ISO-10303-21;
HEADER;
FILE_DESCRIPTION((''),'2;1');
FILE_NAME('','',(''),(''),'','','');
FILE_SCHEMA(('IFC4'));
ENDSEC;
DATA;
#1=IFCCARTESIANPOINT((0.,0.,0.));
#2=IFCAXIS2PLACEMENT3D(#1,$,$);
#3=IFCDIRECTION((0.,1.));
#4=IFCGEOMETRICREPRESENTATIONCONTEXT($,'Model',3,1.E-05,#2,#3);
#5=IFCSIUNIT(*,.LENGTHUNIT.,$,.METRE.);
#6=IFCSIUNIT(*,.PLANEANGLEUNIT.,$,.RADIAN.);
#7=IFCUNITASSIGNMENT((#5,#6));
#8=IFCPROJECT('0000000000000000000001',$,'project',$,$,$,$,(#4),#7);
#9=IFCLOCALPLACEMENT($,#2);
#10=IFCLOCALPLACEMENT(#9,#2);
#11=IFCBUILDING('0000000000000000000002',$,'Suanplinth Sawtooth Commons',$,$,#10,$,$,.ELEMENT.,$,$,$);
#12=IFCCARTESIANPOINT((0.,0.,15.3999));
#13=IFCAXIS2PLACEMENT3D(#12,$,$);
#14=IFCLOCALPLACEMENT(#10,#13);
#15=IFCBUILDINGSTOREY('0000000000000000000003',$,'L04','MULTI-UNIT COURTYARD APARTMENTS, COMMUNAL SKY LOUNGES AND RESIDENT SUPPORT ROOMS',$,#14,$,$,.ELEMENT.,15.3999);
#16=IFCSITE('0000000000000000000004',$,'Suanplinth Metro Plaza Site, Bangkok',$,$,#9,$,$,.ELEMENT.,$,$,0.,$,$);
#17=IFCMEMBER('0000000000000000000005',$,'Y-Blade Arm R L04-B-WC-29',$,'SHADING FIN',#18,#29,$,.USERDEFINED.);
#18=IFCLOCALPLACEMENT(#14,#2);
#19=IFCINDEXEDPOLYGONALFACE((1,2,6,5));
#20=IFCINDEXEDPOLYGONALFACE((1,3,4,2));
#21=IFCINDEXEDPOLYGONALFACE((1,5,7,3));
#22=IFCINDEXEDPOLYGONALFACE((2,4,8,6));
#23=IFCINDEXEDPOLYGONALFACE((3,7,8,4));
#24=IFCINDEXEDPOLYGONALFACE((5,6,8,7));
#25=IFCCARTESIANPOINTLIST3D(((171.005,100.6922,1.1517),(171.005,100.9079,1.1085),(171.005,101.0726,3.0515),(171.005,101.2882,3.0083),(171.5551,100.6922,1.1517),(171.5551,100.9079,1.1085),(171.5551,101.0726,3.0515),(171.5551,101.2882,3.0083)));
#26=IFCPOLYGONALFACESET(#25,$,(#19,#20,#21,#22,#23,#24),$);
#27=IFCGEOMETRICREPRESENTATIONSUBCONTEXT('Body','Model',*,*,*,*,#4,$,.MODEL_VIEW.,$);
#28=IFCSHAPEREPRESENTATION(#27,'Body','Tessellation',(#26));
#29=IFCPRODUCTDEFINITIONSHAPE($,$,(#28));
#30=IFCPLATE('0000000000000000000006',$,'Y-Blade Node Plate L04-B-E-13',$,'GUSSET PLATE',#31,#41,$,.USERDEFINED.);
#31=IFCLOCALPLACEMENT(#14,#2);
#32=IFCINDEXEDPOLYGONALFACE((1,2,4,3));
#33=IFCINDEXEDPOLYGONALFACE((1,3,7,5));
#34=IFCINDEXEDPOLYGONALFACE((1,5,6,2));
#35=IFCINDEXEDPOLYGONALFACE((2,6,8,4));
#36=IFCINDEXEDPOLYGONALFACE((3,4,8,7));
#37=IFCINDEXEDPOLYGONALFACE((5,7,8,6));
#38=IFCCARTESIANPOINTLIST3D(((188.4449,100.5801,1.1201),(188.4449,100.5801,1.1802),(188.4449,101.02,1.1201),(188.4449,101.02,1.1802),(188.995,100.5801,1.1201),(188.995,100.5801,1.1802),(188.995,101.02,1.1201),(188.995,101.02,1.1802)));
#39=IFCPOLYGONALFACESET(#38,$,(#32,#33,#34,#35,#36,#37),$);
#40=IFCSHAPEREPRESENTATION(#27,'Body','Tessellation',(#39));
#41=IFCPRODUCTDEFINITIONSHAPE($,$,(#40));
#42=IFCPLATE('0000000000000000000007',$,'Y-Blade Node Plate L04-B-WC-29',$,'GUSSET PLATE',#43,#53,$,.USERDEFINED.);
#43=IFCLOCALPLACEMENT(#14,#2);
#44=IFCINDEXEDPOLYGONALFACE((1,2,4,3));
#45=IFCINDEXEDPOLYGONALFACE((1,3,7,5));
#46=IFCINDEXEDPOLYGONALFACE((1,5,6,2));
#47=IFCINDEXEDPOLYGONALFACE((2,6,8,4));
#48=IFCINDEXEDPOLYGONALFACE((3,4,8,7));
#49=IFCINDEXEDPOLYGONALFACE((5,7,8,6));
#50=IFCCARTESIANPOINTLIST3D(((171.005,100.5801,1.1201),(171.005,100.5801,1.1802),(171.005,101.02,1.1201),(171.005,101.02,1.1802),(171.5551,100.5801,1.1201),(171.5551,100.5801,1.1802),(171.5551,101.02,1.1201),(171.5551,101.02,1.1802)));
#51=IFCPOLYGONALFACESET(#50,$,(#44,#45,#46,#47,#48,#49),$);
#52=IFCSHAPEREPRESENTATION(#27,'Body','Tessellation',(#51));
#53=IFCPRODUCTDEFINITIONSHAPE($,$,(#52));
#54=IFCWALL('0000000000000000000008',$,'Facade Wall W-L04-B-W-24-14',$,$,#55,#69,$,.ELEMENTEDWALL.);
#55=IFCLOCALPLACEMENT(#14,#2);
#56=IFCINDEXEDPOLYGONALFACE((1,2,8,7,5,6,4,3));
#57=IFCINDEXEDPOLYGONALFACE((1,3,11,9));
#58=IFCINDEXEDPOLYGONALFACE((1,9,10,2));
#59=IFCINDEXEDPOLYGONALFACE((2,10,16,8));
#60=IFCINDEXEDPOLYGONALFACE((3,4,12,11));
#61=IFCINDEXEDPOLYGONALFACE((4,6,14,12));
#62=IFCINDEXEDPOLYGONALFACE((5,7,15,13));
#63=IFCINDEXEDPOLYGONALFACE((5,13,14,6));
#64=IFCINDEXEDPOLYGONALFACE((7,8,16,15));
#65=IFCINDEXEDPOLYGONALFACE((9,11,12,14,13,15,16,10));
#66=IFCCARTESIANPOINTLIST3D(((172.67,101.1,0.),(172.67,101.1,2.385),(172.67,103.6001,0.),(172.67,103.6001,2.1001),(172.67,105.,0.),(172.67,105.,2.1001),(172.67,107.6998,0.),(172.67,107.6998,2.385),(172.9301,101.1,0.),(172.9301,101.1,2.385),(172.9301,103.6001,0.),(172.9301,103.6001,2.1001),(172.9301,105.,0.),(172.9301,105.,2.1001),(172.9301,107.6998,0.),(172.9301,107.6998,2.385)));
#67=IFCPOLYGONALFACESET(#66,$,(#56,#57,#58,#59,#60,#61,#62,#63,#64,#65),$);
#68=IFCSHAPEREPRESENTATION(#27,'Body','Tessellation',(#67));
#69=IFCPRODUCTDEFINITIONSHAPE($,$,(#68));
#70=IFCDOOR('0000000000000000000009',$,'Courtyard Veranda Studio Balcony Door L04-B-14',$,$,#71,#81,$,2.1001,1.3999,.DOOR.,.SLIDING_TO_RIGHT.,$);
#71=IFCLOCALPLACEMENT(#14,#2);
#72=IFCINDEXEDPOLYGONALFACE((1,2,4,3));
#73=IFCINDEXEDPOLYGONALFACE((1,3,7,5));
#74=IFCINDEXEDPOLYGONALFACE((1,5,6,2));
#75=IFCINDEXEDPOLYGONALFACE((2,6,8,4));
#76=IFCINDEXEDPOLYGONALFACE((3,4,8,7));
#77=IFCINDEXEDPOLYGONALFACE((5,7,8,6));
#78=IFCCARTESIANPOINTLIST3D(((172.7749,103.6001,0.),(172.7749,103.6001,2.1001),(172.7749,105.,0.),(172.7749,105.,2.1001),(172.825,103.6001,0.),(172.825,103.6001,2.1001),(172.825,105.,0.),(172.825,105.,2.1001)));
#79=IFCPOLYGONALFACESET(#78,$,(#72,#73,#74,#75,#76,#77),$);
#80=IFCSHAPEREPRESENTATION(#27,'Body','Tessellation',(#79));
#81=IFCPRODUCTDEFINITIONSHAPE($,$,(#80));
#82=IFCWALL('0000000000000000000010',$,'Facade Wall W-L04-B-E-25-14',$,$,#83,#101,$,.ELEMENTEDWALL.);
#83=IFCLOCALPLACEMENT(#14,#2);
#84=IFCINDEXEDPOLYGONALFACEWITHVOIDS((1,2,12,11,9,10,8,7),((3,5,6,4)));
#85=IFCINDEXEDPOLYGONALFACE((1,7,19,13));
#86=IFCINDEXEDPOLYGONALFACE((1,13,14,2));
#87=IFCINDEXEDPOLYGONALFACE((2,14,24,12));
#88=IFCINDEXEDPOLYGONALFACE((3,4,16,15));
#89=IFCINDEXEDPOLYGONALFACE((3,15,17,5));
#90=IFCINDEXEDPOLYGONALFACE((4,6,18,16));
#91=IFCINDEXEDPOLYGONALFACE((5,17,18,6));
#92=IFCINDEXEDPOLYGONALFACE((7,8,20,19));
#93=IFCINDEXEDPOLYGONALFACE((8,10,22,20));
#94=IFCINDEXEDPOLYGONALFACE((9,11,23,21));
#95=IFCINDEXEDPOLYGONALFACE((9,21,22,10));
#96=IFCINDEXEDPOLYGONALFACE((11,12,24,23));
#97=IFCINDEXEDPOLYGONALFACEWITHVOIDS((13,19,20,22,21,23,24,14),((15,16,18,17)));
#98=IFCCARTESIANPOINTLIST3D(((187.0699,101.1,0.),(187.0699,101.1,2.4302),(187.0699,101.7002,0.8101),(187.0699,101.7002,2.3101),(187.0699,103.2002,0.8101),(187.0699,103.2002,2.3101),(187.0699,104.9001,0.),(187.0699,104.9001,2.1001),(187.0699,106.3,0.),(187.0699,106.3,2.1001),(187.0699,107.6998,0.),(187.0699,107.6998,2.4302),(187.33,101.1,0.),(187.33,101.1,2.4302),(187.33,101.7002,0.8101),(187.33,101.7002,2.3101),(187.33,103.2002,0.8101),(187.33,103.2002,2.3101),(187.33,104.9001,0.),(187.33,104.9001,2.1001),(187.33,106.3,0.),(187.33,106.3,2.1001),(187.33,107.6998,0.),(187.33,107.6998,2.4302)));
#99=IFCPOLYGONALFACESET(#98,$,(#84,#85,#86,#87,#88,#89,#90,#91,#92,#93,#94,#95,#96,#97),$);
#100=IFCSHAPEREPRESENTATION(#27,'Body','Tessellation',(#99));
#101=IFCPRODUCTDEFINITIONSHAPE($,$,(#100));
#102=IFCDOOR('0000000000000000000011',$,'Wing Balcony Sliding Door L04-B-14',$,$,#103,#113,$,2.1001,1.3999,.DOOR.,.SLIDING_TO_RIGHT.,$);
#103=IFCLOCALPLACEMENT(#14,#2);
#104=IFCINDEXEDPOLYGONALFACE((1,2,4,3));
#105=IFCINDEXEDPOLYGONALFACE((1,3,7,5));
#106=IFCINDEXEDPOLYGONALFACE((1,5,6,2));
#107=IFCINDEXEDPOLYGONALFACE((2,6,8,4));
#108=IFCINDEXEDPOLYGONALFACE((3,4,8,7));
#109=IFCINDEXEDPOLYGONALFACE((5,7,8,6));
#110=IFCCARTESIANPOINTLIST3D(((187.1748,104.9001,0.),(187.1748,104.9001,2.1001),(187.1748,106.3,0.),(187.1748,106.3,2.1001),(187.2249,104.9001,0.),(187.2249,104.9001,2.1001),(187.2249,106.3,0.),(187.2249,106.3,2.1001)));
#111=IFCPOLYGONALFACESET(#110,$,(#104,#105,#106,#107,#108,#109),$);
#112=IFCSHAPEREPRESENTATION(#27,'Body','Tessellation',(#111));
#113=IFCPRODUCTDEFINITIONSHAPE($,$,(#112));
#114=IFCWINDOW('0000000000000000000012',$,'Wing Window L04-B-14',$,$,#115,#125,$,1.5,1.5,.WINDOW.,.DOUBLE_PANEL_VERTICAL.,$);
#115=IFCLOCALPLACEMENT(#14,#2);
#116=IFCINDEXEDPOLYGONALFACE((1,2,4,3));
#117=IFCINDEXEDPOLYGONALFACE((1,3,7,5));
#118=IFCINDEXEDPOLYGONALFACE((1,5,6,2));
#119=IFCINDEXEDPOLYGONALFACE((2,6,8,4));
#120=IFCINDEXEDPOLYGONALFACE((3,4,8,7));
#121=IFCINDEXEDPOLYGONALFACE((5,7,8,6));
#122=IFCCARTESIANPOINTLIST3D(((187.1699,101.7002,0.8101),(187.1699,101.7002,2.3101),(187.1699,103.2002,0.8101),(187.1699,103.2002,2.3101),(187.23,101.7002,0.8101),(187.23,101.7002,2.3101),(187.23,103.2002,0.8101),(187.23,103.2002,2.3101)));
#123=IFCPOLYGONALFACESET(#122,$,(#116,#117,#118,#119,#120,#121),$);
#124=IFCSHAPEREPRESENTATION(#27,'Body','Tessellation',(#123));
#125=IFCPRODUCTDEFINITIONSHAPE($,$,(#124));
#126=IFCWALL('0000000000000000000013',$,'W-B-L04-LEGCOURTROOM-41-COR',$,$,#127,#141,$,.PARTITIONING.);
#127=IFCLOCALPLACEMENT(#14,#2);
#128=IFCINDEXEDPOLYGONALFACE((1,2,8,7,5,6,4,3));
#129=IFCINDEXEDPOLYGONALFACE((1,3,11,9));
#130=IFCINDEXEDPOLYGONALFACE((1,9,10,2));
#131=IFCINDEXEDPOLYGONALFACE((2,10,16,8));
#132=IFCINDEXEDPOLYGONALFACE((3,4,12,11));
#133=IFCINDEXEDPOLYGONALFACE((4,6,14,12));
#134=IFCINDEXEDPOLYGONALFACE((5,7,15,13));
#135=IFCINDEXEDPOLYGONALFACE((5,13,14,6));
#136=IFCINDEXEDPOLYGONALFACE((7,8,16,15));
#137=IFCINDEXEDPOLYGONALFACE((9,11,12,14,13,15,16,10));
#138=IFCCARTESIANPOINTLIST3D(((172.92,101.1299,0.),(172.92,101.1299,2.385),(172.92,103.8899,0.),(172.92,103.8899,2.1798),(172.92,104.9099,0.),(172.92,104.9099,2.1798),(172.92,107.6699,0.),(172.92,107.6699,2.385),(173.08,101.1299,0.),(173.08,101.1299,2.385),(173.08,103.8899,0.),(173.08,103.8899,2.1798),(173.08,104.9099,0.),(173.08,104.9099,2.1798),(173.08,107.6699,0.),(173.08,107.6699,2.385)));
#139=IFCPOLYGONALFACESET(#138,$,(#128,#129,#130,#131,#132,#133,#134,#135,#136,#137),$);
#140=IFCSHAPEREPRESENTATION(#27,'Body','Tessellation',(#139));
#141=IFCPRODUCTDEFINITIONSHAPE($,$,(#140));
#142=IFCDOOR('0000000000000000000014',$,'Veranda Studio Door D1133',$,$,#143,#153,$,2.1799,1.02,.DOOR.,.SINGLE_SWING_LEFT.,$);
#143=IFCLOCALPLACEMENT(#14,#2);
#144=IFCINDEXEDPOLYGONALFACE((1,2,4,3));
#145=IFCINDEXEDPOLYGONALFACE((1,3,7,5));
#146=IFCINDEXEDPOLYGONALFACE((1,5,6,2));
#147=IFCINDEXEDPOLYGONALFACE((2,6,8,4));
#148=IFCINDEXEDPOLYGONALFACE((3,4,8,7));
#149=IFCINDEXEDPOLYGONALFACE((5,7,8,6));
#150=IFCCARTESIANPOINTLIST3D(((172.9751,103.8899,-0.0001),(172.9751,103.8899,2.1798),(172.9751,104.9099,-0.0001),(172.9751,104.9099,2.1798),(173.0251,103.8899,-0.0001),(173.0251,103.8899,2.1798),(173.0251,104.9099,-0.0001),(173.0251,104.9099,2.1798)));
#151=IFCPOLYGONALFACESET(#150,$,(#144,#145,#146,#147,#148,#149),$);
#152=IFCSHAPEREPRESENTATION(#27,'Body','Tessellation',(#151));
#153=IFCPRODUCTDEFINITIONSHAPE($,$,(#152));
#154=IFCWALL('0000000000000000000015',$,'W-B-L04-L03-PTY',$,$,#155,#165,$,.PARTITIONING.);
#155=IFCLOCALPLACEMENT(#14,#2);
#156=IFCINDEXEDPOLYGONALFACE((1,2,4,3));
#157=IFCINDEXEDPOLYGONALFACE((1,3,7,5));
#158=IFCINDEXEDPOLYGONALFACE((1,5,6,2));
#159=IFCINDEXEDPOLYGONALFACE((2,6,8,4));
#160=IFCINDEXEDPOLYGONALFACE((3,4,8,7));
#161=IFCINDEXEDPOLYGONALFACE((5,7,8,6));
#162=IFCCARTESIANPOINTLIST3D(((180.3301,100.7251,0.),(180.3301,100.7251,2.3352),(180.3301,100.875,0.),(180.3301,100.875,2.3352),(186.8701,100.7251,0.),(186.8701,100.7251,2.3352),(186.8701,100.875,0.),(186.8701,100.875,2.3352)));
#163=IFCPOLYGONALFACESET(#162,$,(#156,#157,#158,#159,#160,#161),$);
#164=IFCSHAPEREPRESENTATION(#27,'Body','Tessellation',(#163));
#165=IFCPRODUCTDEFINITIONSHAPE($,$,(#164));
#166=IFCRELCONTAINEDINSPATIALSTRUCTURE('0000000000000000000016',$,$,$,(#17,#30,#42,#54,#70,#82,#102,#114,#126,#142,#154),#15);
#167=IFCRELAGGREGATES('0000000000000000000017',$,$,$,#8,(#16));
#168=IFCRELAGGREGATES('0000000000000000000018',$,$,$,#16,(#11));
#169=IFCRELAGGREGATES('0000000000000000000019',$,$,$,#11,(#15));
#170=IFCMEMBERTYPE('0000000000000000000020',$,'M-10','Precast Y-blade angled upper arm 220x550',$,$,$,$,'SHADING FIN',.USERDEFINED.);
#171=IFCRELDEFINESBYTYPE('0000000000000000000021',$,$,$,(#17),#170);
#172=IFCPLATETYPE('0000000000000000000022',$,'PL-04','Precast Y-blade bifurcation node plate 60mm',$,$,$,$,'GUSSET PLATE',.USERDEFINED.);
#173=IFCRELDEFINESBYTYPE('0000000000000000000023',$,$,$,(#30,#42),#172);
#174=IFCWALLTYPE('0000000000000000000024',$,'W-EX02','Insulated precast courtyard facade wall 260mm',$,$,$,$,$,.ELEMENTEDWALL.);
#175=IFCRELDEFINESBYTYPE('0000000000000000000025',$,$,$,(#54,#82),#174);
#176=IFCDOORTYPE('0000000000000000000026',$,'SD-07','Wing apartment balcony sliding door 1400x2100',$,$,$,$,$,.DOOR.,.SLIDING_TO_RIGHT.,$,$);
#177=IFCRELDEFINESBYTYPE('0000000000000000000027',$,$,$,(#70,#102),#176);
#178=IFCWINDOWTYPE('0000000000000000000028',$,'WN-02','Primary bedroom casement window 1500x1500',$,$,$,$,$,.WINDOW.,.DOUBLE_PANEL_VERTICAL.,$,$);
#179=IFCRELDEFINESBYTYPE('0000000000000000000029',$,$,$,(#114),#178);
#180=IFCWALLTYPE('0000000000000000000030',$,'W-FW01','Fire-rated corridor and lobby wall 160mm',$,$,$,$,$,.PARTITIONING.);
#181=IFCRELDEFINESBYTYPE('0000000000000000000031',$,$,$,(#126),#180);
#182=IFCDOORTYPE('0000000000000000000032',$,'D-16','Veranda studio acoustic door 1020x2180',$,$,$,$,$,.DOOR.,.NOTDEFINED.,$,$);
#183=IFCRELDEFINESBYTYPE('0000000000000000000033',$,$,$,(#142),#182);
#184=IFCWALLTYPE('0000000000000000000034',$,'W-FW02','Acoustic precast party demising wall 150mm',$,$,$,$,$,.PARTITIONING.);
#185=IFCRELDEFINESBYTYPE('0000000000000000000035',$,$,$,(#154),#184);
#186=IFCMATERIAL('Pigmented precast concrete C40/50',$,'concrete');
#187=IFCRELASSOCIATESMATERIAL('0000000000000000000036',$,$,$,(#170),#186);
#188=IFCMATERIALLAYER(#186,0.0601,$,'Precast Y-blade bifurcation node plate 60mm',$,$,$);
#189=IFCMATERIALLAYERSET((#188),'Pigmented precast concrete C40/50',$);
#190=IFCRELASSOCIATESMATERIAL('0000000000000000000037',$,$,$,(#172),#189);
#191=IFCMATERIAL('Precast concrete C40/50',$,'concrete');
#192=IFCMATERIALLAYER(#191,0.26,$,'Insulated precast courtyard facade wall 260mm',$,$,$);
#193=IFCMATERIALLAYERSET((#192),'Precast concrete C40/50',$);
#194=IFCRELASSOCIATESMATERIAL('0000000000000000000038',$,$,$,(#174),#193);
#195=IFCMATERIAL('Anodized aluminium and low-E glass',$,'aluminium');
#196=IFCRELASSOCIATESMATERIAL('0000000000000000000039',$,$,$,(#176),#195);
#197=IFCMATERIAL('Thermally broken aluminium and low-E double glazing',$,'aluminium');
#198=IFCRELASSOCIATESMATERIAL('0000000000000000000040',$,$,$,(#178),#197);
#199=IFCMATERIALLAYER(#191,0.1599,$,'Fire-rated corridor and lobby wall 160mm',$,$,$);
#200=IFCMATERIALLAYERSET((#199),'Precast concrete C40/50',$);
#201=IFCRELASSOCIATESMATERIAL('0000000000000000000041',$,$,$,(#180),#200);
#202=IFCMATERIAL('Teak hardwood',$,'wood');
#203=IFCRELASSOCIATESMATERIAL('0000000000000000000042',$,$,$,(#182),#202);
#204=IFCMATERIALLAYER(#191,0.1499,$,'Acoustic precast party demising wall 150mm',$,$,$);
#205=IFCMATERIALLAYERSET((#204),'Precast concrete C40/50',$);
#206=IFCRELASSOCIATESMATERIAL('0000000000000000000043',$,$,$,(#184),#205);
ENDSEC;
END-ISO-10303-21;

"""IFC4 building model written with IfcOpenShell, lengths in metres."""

from ifc_helpers import new_model, si_unit, direction, frame, frame_2d, origin, origin_2d, place, context, subcontext, project, spatial, rectangle, extrude, material, layer, layer_set, material_profile, profile_set, type_object, element, fill, save


model = new_model("IFC4")

# Units and contexts
model_context = context("Model", 3, precision=1e-05, world=origin(), true_north=direction((0.0, 1.0)))
body_context = subcontext(model_context, "Body", "Model", "MODEL_VIEW")
ifc_project = project(units=[si_unit("LENGTHUNIT", "METRE"), si_unit("PLANEANGLEUNIT", "RADIAN")], contexts=[model_context])

# Site, building, storey
site_placement = place(None, origin())
site = spatial("IfcSite", under=ifc_project, at=site_placement, Name="Suanplinth Metro Plaza Site, Bangkok", CompositionType="ELEMENT", RefElevation=0.0)
building_placement = place(site_placement, origin())
building = spatial("IfcBuilding", under=site, at=building_placement, Name="Suanplinth Sawtooth Commons", CompositionType="ELEMENT")
storey_placement = place(building_placement, frame((0.0, 0.0, 15.3999)))
storey = spatial("IfcBuildingStorey", under=building, at=storey_placement, Name="L04", Description="MULTI-UNIT COURTYARD APARTMENTS, COMMUNAL SKY LOUNGES AND RESIDENT SUPPORT ROOMS", CompositionType="ELEMENT", Elevation=15.3999)

# Shared definitions
ifc_material_1 = material(Name="Precast concrete C40/50", Category="concrete")

# Member
ifc_material_2 = material(Name="Pigmented precast concrete C40/50", Category="concrete")
ifc_material_profile_1 = material_profile(ifc_material_2, rectangle(XDim=0.22, YDim=0.55, at=origin_2d()), Name="PC-FIN 220x550")
ifc_profile_set_1 = profile_set([ifc_material_profile_1], Name="Pigmented precast concrete C40/50")
member_type_1 = type_object("IfcMemberType", Name="M-10", Description="Precast Y-blade angled upper arm 220x550", ElementType="SHADING FIN", PredefinedType="USERDEFINED", material=ifc_profile_set_1)
member_1_placement = place(storey_placement, frame((171.28, 100.8, 1.1301), z_axis=(0.0, 0.19631, 0.980542), x_axis=(0.0, -0.980542, 0.19631)))
element("IfcMember", 1, at=member_1_placement, inside=storey, type_object=member_type_1, Name="Y-Blade Arm R L04-B-WC-29", ObjectType="SHADING FIN", PredefinedType="USERDEFINED", context=body_context, shape_type="SweptSolid", body=[
    extrude(rectangle(XDim=0.22, YDim=0.55, at=origin_2d()), origin(), (0.0, 0.0, 1.0), 1.9375),
])

# Plates
ifc_layer_1 = layer(ifc_material_2, 0.0601, Name="Precast Y-blade bifurcation node plate 60mm")
ifc_layer_set_1 = layer_set([ifc_layer_1], Name="Pigmented precast concrete C40/50")
plate_type = type_object("IfcPlateType", Name="PL-04", Description="Precast Y-blade bifurcation node plate 60mm", ElementType="GUSSET PLATE", PredefinedType="USERDEFINED", material=ifc_layer_set_1)
for number, where, z_axis, x_axis, name in (
    (2, (188.72, 100.8, 1.1201), (0.0, 0.0, 1.0), (0.0, 1.0, 0.0), "Y-Blade Node Plate L04-B-E-13"),
    (3, (171.28, 100.8, 1.1201), (0.0, 0.0, 1.0), (0.0, 1.0, 0.0), "Y-Blade Node Plate L04-B-WC-29"),
):
    element("IfcPlate", number, at=place(storey_placement, frame(where, z_axis=z_axis, x_axis=x_axis)), inside=storey, type_object=plate_type, Name=name, ObjectType="GUSSET PLATE", PredefinedType="USERDEFINED", context=body_context, shape_type="SweptSolid", body=[
        extrude(rectangle(XDim=0.4399, YDim=0.55, at=origin_2d()), origin(), (0.0, 0.0, 1.0), 0.0601),
    ])

# Wall, opening, door
ifc_layer_2 = layer(ifc_material_1, 0.26, Name="Insulated precast courtyard facade wall 260mm")
ifc_layer_set_2 = layer_set([ifc_layer_2], Name="Precast concrete C40/50")
wall_type_1 = type_object("IfcWallType", Name="W-EX02", Description="Insulated precast courtyard facade wall 260mm", PredefinedType="ELEMENTEDWALL", material=ifc_layer_set_2)
wall_1_placement = place(storey_placement, frame((172.8, 101.1001, 0.0), z_axis=(0.0, 0.0, 1.0), x_axis=(0.0, 1.0, 0.0)))
wall_1 = element("IfcWall", 4, at=wall_1_placement, inside=storey, type_object=wall_type_1, Name="Facade Wall W-L04-B-W-24-14", PredefinedType="ELEMENTEDWALL", context=body_context, shape_type="SweptSolid", body=[
    extrude(rectangle(XDim=6.5999, YDim=0.26, at=frame_2d((3.2998, 0.0))), origin(), (0.0, 0.0, 1.0), 2.385),
])
opening_1_placement = place(wall_1_placement, frame((2.5, 0.0, 0.0)))
opening_1 = element("IfcOpeningElement", 5, at=opening_1_placement, cuts=wall_1, PredefinedType="OPENING", context=body_context, shape_type="SweptSolid", body=[
    extrude(rectangle(XDim=1.3999, YDim=2.1001, at=frame_2d((0.7, 1.05))), frame((0.0, 0.145, 0.0), z_axis=(0.0, -1.0, 0.0), x_axis=(1.0, 0.0, 0.0)), (0.0, 0.0, 1.0), 0.2898),
])
ifc_material_3 = material(Name="Anodized aluminium and low-E glass", Category="aluminium")
door_type_1 = type_object("IfcDoorType", Name="SD-07", Description="Wing apartment balcony sliding door 1400x2100", OperationType="SLIDING_TO_RIGHT", PredefinedType="DOOR", material=ifc_material_3)
door_1_placement = place(opening_1_placement, frame((1.3999, 0.0, 0.0), z_axis=(0.0, 0.0, 1.0), x_axis=(-1.0, 0.0, 0.0)))
door_1 = element("IfcDoor", 6, at=door_1_placement, inside=storey, type_object=door_type_1, Name="Courtyard Veranda Studio Balcony Door L04-B-14", OperationType="SLIDING_TO_RIGHT", OverallHeight=2.1001, OverallWidth=1.3999, PredefinedType="DOOR", context=body_context, shape_type="SweptSolid", body=[
    extrude(rectangle(XDim=1.3999, YDim=2.1001, at=frame_2d((0.7, 1.05))), frame((0.0, 0.0249, 0.0), z_axis=(0.0, -1.0, 0.0), x_axis=(1.0, 0.0, 0.0)), (0.0, 0.0, 1.0), 0.05),
])
fill(opening_1, door_1)

# Wall, openings, door, window
wall_2_placement = place(storey_placement, frame((187.2, 101.1001, 0.0), z_axis=(0.0, 0.0, 1.0), x_axis=(0.0, 1.0, 0.0)))
wall_2 = element("IfcWall", 7, at=wall_2_placement, inside=storey, type_object=wall_type_1, Name="Facade Wall W-L04-B-E-25-14", PredefinedType="ELEMENTEDWALL", context=body_context, shape_type="SweptSolid", body=[
    extrude(rectangle(XDim=6.5999, YDim=0.26, at=frame_2d((3.2998, 0.0))), origin(), (0.0, 0.0, 1.0), 2.4302),
])
opening_2_placement = place(wall_2_placement, frame((3.8, 0.0, 0.0)))
opening_2 = element("IfcOpeningElement", 8, at=opening_2_placement, cuts=wall_2, PredefinedType="OPENING", context=body_context, shape_type="SweptSolid", body=[
    extrude(rectangle(XDim=1.3999, YDim=2.1001, at=frame_2d((0.7, 1.05))), frame((0.0, 0.145, 0.0), z_axis=(0.0, -1.0, 0.0), x_axis=(1.0, 0.0, 0.0)), (0.0, 0.0, 1.0), 0.2898),
])
opening_3_placement = place(wall_2_placement, frame((0.6001, 0.0, 0.8101)))
opening_3 = element("IfcOpeningElement", 9, at=opening_3_placement, cuts=wall_2, PredefinedType="OPENING", context=body_context, shape_type="SweptSolid", body=[
    extrude(rectangle(XDim=1.5, YDim=1.5, at=frame_2d((0.75, 0.75))), frame((0.0, 0.145, 0.0), z_axis=(0.0, -1.0, 0.0), x_axis=(1.0, 0.0, 0.0)), (0.0, 0.0, 1.0), 0.2898),
])
door_2_placement = place(opening_2_placement, frame((1.3999, 0.0, 0.0), z_axis=(0.0, 0.0, 1.0), x_axis=(-1.0, 0.0, 0.0)))
door_2 = element("IfcDoor", 10, at=door_2_placement, inside=storey, type_object=door_type_1, Name="Wing Balcony Sliding Door L04-B-14", OperationType="SLIDING_TO_RIGHT", OverallHeight=2.1001, OverallWidth=1.3999, PredefinedType="DOOR", context=body_context, shape_type="SweptSolid", body=[
    extrude(rectangle(XDim=1.3999, YDim=2.1001, at=frame_2d((0.7, 1.05))), frame((0.0, 0.0249, 0.0), z_axis=(0.0, -1.0, 0.0), x_axis=(1.0, 0.0, 0.0)), (0.0, 0.0, 1.0), 0.05),
])
fill(opening_2, door_2)
ifc_material_4 = material(Name="Thermally broken aluminium and low-E double glazing", Category="aluminium")
window_type = type_object("IfcWindowType", Name="WN-02", Description="Primary bedroom casement window 1500x1500", PartitioningType="DOUBLE_PANEL_VERTICAL", PredefinedType="WINDOW", material=ifc_material_4)
window_placement = place(opening_3_placement, origin())
window = element("IfcWindow", 11, at=window_placement, inside=storey, type_object=window_type, Name="Wing Window L04-B-14", OverallHeight=1.5, OverallWidth=1.5, PartitioningType="DOUBLE_PANEL_VERTICAL", PredefinedType="WINDOW", context=body_context, shape_type="SweptSolid", body=[
    extrude(rectangle(XDim=1.5, YDim=1.5, at=frame_2d((0.75, 0.75))), frame((0.0, 0.03, 0.0), z_axis=(0.0, -1.0, 0.0), x_axis=(1.0, 0.0, 0.0)), (0.0, 0.0, 1.0), 0.0601),
])
fill(opening_3, window)

# Wall, opening, door
ifc_layer_3 = layer(ifc_material_1, 0.1599, Name="Fire-rated corridor and lobby wall 160mm")
ifc_layer_set_3 = layer_set([ifc_layer_3], Name="Precast concrete C40/50")
wall_type_2 = type_object("IfcWallType", Name="W-FW01", Description="Fire-rated corridor and lobby wall 160mm", PredefinedType="PARTITIONING", material=ifc_layer_set_3)
wall_3_placement = place(storey_placement, frame((173.0, 101.1299, 0.0), z_axis=(0.0, 0.0, 1.0), x_axis=(0.0, 1.0, 0.0)))
wall_3 = element("IfcWall", 12, at=wall_3_placement, inside=storey, type_object=wall_type_2, Name="W-B-L04-LEGCOURTROOM-41-COR", PredefinedType="PARTITIONING", context=body_context, shape_type="SweptSolid", body=[
    extrude(rectangle(XDim=6.54, YDim=0.1599, at=frame_2d((3.27, 0.0))), origin(), (0.0, 0.0, 1.0), 2.385),
])
opening_4_placement = place(wall_3_placement, frame((2.76, 0.0, 0.0)))
opening_4 = element("IfcOpeningElement", 13, at=opening_4_placement, cuts=wall_3, PredefinedType="OPENING", context=body_context, shape_type="SweptSolid", body=[
    extrude(rectangle(XDim=1.02, YDim=2.1799, at=frame_2d((0.51, 1.0898))), frame((0.0, 0.0947, 0.0), z_axis=(0.0, -1.0, 0.0), x_axis=(1.0, 0.0, 0.0)), (0.0, 0.0, 1.0), 0.1897),
])
ifc_material_5 = material(Name="Teak hardwood", Category="wood")
door_type_2 = type_object("IfcDoorType", Name="D-16", Description="Veranda studio acoustic door 1020x2180", OperationType="NOTDEFINED", PredefinedType="DOOR", material=ifc_material_5)
door_3_placement = place(opening_4_placement, origin())
door_3 = element("IfcDoor", 14, at=door_3_placement, inside=storey, type_object=door_type_2, Name="Veranda Studio Door D1133", OperationType="SINGLE_SWING_LEFT", OverallHeight=2.1799, OverallWidth=1.02, PredefinedType="DOOR", context=body_context, shape_type="SweptSolid", body=[
    extrude(rectangle(XDim=1.02, YDim=2.1799, at=frame_2d((0.51, 1.0898))), frame((0.0, 0.0249, 0.0), z_axis=(0.0, -1.0, 0.0), x_axis=(1.0, 0.0, 0.0)), (0.0, 0.0, 1.0), 0.05),
])
fill(opening_4, door_3)

# Wall
ifc_layer_4 = layer(ifc_material_1, 0.1499, Name="Acoustic precast party demising wall 150mm")
ifc_layer_set_4 = layer_set([ifc_layer_4], Name="Precast concrete C40/50")
wall_type_3 = type_object("IfcWallType", Name="W-FW02", Description="Acoustic precast party demising wall 150mm", PredefinedType="PARTITIONING", material=ifc_layer_set_4)
wall_4_placement = place(storey_placement, frame((180.3301, 100.8, 0.0), z_axis=(0.0, 0.0, 1.0), x_axis=(1.0, 0.0, 0.0)))
element("IfcWall", 15, at=wall_4_placement, inside=storey, type_object=wall_type_3, Name="W-B-L04-L03-PTY", PredefinedType="PARTITIONING", context=body_context, shape_type="SweptSolid", body=[
    extrude(rectangle(XDim=6.54, YDim=0.1499, at=frame_2d((3.27, 0.0))), origin(), (0.0, 0.0, 1.0), 2.3352),
])

save(model, "model.ifc")
